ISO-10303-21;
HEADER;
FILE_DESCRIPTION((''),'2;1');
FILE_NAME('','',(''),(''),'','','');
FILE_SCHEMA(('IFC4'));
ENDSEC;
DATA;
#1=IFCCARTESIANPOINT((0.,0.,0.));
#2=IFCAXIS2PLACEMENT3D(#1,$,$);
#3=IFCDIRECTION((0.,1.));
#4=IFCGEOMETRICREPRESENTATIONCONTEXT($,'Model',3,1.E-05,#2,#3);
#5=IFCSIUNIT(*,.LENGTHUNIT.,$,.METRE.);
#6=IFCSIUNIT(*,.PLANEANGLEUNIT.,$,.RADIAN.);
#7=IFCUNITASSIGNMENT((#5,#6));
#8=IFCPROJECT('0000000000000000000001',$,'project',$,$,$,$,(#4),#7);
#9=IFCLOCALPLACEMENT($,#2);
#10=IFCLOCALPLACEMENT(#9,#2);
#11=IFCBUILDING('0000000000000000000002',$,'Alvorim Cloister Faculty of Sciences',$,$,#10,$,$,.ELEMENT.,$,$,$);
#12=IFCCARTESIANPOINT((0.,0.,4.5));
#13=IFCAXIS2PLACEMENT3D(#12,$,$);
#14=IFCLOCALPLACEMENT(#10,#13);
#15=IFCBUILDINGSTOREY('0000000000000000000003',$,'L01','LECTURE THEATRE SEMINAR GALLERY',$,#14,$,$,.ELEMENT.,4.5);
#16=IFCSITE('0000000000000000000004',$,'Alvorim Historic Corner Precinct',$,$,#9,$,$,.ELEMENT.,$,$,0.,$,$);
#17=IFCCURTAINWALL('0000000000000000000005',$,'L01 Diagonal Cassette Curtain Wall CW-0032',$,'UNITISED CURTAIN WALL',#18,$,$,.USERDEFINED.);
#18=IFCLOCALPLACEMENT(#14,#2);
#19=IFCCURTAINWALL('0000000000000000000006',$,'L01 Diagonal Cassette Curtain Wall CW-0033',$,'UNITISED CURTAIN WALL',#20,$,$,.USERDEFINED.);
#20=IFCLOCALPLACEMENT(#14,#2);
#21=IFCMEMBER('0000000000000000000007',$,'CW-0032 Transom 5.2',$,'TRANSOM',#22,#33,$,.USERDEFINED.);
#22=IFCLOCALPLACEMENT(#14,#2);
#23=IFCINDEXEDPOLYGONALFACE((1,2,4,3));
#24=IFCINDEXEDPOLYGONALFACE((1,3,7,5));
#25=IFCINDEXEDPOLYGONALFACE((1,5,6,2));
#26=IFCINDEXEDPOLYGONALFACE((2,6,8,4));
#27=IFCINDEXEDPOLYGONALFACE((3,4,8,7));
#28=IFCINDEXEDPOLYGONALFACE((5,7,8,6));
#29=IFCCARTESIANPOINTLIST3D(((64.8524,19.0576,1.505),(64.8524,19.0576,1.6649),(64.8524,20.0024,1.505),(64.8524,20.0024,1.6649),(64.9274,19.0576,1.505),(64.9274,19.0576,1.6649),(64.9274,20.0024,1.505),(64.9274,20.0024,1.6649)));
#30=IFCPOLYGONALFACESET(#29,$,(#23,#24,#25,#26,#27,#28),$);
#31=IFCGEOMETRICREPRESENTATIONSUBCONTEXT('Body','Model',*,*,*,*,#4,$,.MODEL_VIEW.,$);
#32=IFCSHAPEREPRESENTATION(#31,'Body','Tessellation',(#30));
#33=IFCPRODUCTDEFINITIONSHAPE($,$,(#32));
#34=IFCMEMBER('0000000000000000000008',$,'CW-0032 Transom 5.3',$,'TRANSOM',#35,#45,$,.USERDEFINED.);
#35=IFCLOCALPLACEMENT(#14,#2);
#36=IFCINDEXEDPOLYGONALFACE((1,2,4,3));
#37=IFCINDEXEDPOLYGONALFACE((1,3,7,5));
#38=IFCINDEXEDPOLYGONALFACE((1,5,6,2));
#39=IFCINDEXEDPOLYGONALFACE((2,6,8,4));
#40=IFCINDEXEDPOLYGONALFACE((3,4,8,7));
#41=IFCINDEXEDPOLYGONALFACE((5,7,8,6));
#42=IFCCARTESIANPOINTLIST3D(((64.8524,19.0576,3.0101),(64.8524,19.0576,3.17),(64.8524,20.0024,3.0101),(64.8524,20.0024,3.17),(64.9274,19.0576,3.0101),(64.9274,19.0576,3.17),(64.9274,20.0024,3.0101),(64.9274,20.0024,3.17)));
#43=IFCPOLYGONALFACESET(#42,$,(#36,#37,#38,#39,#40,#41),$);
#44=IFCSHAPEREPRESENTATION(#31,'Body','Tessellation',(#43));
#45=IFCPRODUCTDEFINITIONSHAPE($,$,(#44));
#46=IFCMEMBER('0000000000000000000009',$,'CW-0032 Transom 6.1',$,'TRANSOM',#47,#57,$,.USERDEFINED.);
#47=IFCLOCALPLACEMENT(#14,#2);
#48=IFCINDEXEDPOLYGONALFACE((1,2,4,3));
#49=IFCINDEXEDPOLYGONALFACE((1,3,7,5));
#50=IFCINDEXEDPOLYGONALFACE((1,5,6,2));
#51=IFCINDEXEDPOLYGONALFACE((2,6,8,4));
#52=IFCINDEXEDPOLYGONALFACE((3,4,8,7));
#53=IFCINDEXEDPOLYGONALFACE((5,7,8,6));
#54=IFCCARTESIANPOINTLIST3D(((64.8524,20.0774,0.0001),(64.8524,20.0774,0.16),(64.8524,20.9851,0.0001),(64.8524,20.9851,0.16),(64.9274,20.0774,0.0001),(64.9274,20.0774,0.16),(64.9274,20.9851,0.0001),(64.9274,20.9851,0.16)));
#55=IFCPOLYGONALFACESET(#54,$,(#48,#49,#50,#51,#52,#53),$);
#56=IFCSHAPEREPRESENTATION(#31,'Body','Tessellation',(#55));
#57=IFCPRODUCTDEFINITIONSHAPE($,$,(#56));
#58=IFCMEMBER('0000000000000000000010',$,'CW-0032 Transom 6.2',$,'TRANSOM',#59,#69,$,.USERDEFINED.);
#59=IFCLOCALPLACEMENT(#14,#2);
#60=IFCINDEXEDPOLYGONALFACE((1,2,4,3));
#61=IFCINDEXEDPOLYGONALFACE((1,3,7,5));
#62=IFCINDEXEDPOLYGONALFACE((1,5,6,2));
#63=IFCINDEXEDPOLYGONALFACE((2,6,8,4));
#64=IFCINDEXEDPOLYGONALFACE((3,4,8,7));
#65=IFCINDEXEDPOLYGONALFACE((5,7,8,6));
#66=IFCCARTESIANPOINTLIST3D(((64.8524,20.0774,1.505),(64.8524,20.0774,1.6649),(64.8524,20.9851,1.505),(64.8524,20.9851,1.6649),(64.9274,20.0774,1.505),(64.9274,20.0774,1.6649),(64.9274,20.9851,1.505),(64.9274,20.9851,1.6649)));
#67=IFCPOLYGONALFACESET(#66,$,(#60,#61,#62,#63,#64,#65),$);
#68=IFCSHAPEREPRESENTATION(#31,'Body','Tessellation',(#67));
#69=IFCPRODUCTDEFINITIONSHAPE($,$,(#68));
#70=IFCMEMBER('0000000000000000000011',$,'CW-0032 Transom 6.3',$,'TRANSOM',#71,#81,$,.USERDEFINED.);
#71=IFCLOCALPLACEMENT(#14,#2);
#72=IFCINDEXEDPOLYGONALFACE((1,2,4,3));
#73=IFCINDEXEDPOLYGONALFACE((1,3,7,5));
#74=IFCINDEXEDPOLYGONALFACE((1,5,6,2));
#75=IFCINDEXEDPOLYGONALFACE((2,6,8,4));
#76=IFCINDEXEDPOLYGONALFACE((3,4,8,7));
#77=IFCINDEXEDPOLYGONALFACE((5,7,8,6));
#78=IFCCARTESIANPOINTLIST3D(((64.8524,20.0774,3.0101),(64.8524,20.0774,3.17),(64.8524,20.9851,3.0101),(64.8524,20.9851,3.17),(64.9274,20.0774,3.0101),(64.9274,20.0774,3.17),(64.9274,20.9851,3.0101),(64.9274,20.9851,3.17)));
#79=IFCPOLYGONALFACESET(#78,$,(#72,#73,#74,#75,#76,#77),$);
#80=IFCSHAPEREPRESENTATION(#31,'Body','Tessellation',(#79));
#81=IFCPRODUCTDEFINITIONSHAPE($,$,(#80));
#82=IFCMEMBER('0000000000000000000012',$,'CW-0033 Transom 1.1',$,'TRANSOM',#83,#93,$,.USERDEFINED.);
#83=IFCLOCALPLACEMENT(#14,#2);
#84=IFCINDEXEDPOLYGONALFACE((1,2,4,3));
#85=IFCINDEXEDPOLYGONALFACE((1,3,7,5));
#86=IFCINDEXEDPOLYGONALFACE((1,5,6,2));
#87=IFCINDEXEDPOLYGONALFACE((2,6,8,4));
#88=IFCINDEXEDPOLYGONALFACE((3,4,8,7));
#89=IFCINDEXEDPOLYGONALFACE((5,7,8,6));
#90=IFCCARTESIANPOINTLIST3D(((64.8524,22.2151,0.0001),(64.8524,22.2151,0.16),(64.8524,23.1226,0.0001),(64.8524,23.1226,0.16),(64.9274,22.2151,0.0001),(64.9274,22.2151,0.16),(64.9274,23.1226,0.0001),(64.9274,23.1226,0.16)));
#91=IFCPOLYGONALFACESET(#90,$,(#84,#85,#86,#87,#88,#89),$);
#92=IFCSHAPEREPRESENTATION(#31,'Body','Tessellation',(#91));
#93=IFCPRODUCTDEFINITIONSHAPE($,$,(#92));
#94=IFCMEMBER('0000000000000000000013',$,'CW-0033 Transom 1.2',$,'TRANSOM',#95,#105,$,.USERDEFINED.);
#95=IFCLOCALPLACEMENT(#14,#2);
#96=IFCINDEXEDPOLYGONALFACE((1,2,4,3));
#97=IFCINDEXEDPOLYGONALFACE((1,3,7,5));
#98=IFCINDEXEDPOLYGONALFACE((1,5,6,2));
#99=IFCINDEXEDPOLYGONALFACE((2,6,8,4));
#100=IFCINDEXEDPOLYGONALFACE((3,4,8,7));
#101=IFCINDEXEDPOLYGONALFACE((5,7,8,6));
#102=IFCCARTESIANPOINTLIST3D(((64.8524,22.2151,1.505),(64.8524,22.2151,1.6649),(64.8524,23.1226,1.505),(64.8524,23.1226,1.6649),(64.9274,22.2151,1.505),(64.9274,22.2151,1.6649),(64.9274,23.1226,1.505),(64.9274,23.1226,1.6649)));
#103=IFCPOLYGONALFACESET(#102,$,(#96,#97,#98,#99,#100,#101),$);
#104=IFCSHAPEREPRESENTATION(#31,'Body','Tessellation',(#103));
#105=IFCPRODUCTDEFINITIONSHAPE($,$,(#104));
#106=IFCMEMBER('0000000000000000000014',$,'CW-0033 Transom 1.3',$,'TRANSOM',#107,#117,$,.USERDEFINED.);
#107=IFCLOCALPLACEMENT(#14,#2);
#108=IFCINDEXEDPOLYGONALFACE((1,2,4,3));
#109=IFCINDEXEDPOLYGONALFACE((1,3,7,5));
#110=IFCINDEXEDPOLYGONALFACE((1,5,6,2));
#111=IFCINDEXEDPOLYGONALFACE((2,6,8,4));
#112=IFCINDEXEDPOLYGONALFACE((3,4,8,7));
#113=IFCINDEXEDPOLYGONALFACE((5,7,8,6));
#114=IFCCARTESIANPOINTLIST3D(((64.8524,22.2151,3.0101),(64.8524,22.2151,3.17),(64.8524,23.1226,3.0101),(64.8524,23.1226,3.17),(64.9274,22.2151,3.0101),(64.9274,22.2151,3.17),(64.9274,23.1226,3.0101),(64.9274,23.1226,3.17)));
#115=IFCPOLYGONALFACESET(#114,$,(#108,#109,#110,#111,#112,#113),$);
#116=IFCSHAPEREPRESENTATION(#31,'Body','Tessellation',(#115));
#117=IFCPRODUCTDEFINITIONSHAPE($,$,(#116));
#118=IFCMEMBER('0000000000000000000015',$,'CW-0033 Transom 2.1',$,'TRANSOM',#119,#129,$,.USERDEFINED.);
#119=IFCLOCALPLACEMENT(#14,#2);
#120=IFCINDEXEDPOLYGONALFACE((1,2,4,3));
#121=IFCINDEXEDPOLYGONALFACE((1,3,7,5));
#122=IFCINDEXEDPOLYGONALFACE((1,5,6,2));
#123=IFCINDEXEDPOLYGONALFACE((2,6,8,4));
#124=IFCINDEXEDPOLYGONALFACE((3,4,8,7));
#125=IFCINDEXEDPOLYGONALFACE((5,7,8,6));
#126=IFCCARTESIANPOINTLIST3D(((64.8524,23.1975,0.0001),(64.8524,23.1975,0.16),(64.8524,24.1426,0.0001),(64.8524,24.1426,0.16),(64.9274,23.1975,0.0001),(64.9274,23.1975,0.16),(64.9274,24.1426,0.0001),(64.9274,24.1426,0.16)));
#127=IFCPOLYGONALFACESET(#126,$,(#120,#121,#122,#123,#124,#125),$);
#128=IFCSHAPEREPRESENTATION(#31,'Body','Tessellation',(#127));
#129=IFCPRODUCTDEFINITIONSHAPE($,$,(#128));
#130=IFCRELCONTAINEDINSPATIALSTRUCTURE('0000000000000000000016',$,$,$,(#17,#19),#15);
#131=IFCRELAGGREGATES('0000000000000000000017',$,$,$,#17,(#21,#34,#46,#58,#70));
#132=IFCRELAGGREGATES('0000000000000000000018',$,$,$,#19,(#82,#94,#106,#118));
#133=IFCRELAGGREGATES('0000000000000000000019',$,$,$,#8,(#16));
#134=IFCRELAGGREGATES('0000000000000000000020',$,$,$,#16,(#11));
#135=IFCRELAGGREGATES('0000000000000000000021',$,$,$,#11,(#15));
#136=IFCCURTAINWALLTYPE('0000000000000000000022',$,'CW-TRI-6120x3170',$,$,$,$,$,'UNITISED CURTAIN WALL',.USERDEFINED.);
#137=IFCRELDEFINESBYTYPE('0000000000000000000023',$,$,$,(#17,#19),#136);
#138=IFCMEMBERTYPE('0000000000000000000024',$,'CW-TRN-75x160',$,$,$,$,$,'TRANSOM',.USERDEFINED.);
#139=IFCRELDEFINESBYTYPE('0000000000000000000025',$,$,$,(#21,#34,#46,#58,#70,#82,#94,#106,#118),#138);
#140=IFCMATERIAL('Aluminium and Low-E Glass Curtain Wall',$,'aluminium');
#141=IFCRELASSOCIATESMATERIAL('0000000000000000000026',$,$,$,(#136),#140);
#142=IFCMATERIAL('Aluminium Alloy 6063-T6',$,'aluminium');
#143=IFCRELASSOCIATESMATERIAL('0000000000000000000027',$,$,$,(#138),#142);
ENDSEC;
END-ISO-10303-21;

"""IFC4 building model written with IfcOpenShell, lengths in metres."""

from ifc_helpers import new_model, si_unit, direction, frame, origin, origin_2d, place, context, subcontext, project, spatial, rectangle, extrude, material, material_profile, profile_set, type_object, element, aggregate, save


model = new_model("IFC4")

# Units and contexts
model_context = context("Model", 3, precision=1e-05, world=origin(), true_north=direction((0.0, 1.0)))
body_context = subcontext(model_context, "Body", "Model", "MODEL_VIEW")
ifc_project = project(units=[si_unit("LENGTHUNIT", "METRE"), si_unit("PLANEANGLEUNIT", "RADIAN")], contexts=[model_context])

# Site, building, storey
site_placement = place(None, origin())
site = spatial("IfcSite", under=ifc_project, at=site_placement, Name="Alvorim Historic Corner Precinct", CompositionType="ELEMENT", RefElevation=0.0)
building_placement = place(site_placement, origin())
building = spatial("IfcBuilding", under=site, at=building_placement, Name="Alvorim Cloister Faculty of Sciences", CompositionType="ELEMENT")
storey_placement = place(building_placement, frame((0.0, 0.0, 4.5)))
storey = spatial("IfcBuildingStorey", under=building, at=storey_placement, Name="L01", Description="LECTURE THEATRE SEMINAR GALLERY", CompositionType="ELEMENT", Elevation=4.5)

# Curtain walls
ifc_material_1 = material(Name="Aluminium and Low-E Glass Curtain Wall", Category="aluminium")
curtain_wall_type = type_object("IfcCurtainWallType", Name="CW-TRI-6120x3170", ElementType="UNITISED CURTAIN WALL", PredefinedType="USERDEFINED", material=ifc_material_1)
curtain_wall_1_placement = place(storey_placement, origin())
curtain_wall_1 = element("IfcCurtainWall", 1, at=curtain_wall_1_placement, inside=storey, type_object=curtain_wall_type, Name="L01 Diagonal Cassette Curtain Wall CW-0032", ObjectType="UNITISED CURTAIN WALL", PredefinedType="USERDEFINED")
ifc_material_2 = material(Name="Aluminium Alloy 6063-T6", Category="aluminium")
curtain_wall_2_placement = place(storey_placement, origin())
curtain_wall_2 = element("IfcCurtainWall", 2, at=curtain_wall_2_placement, inside=storey, type_object=curtain_wall_type, Name="L01 Diagonal Cassette Curtain Wall CW-0033", ObjectType="UNITISED CURTAIN WALL", PredefinedType="USERDEFINED")

# Members
ifc_material_profile_1 = material_profile(ifc_material_2, rectangle(XDim=0.075, YDim=0.1599, at=origin_2d()), Name="ALU-TRN-75x160")
ifc_profile_set_1 = profile_set([ifc_material_profile_1], Name="Aluminium Alloy 6063-T6")
member_type_1 = type_object("IfcMemberType", Name="CW-TRN-75x160", ElementType="TRANSOM", PredefinedType="USERDEFINED", material=ifc_profile_set_1)
member_1_placement = place(storey_placement, frame((64.8899, 19.0576, 1.585), z_axis=(0.0, 1.0, 0.0), x_axis=(-1.0, 0.0, 0.0)))
member_1 = element("IfcMember", 3, at=member_1_placement, type_object=member_type_1, Name="CW-0032 Transom 5.2", ObjectType="TRANSOM", PredefinedType="USERDEFINED", context=body_context, shape_type="SweptSolid", body=[
    extrude(rectangle(XDim=0.075, YDim=0.1599, at=origin_2d()), origin(), (0.0, 0.0, 1.0), 0.9448),
])
member_2_placement = place(storey_placement, frame((64.8899, 19.0576, 3.0901), z_axis=(0.0, 1.0, 0.0), x_axis=(-1.0, 0.0, 0.0)))
member_2 = element("IfcMember", 4, at=member_2_placement, type_object=member_type_1, Name="CW-0032 Transom 5.3", ObjectType="TRANSOM", PredefinedType="USERDEFINED", context=body_context, shape_type="SweptSolid", body=[
    extrude(rectangle(XDim=0.075, YDim=0.1599, at=origin_2d()), origin(), (0.0, 0.0, 1.0), 0.9448),
])
member_3_placement = place(storey_placement, frame((64.8899, 20.0774, 0.0801), z_axis=(0.0, 1.0, 0.0), x_axis=(-1.0, 0.0, 0.0)))
member_3 = element("IfcMember", 5, at=member_3_placement, type_object=member_type_1, Name="CW-0032 Transom 6.1", ObjectType="TRANSOM", PredefinedType="USERDEFINED", context=body_context, shape_type="SweptSolid", body=[
    extrude(rectangle(XDim=0.075, YDim=0.1599, at=origin_2d()), origin(), (0.0, 0.0, 1.0), 0.9077),
])
member_4_placement = place(storey_placement, frame((64.8899, 20.0774, 1.585), z_axis=(0.0, 1.0, 0.0), x_axis=(-1.0, 0.0, 0.0)))
member_4 = element("IfcMember", 6, at=member_4_placement, type_object=member_type_1, Name="CW-0032 Transom 6.2", ObjectType="TRANSOM", PredefinedType="USERDEFINED", context=body_context, shape_type="SweptSolid", body=[
    extrude(rectangle(XDim=0.075, YDim=0.1599, at=origin_2d()), origin(), (0.0, 0.0, 1.0), 0.9077),
])
member_5_placement = place(storey_placement, frame((64.8899, 20.0774, 3.0901), z_axis=(0.0, 1.0, 0.0), x_axis=(-1.0, 0.0, 0.0)))
member_5 = element("IfcMember", 7, at=member_5_placement, type_object=member_type_1, Name="CW-0032 Transom 6.3", ObjectType="TRANSOM", PredefinedType="USERDEFINED", context=body_context, shape_type="SweptSolid", body=[
    extrude(rectangle(XDim=0.075, YDim=0.1599, at=origin_2d()), origin(), (0.0, 0.0, 1.0), 0.9077),
])
aggregate(curtain_wall_1, [member_1, member_2, member_3, member_4, member_5])
member_6_placement = place(storey_placement, frame((64.8899, 22.2151, 0.0801), z_axis=(0.0, 1.0, 0.0), x_axis=(-1.0, 0.0, 0.0)))
member_6 = element("IfcMember", 8, at=member_6_placement, type_object=member_type_1, Name="CW-0033 Transom 1.1", ObjectType="TRANSOM", PredefinedType="USERDEFINED", context=body_context, shape_type="SweptSolid", body=[
    extrude(rectangle(XDim=0.075, YDim=0.1599, at=origin_2d()), origin(), (0.0, 0.0, 1.0), 0.9075),
])
member_7_placement = place(storey_placement, frame((64.8899, 22.2151, 1.585), z_axis=(0.0, 1.0, 0.0), x_axis=(-1.0, 0.0, 0.0)))
member_7 = element("IfcMember", 9, at=member_7_placement, type_object=member_type_1, Name="CW-0033 Transom 1.2", ObjectType="TRANSOM", PredefinedType="USERDEFINED", context=body_context, shape_type="SweptSolid", body=[
    extrude(rectangle(XDim=0.075, YDim=0.1599, at=origin_2d()), origin(), (0.0, 0.0, 1.0), 0.9075),
])
member_8_placement = place(storey_placement, frame((64.8899, 22.2151, 3.0901), z_axis=(0.0, 1.0, 0.0), x_axis=(-1.0, 0.0, 0.0)))
member_8 = element("IfcMember", 10, at=member_8_placement, type_object=member_type_1, Name="CW-0033 Transom 1.3", ObjectType="TRANSOM", PredefinedType="USERDEFINED", context=body_context, shape_type="SweptSolid", body=[
    extrude(rectangle(XDim=0.075, YDim=0.1599, at=origin_2d()), origin(), (0.0, 0.0, 1.0), 0.9075),
])
member_9_placement = place(storey_placement, frame((64.8899, 23.1975, 0.0801), z_axis=(0.0, 1.0, 0.0), x_axis=(-1.0, 0.0, 0.0)))
member_9 = element("IfcMember", 11, at=member_9_placement, type_object=member_type_1, Name="CW-0033 Transom 2.1", ObjectType="TRANSOM", PredefinedType="USERDEFINED", context=body_context, shape_type="SweptSolid", body=[
    extrude(rectangle(XDim=0.075, YDim=0.1599, at=origin_2d()), origin(), (0.0, 0.0, 1.0), 0.9451),
])
aggregate(curtain_wall_2, [member_6, member_7, member_8, member_9])

save(model, "model.ifc")
